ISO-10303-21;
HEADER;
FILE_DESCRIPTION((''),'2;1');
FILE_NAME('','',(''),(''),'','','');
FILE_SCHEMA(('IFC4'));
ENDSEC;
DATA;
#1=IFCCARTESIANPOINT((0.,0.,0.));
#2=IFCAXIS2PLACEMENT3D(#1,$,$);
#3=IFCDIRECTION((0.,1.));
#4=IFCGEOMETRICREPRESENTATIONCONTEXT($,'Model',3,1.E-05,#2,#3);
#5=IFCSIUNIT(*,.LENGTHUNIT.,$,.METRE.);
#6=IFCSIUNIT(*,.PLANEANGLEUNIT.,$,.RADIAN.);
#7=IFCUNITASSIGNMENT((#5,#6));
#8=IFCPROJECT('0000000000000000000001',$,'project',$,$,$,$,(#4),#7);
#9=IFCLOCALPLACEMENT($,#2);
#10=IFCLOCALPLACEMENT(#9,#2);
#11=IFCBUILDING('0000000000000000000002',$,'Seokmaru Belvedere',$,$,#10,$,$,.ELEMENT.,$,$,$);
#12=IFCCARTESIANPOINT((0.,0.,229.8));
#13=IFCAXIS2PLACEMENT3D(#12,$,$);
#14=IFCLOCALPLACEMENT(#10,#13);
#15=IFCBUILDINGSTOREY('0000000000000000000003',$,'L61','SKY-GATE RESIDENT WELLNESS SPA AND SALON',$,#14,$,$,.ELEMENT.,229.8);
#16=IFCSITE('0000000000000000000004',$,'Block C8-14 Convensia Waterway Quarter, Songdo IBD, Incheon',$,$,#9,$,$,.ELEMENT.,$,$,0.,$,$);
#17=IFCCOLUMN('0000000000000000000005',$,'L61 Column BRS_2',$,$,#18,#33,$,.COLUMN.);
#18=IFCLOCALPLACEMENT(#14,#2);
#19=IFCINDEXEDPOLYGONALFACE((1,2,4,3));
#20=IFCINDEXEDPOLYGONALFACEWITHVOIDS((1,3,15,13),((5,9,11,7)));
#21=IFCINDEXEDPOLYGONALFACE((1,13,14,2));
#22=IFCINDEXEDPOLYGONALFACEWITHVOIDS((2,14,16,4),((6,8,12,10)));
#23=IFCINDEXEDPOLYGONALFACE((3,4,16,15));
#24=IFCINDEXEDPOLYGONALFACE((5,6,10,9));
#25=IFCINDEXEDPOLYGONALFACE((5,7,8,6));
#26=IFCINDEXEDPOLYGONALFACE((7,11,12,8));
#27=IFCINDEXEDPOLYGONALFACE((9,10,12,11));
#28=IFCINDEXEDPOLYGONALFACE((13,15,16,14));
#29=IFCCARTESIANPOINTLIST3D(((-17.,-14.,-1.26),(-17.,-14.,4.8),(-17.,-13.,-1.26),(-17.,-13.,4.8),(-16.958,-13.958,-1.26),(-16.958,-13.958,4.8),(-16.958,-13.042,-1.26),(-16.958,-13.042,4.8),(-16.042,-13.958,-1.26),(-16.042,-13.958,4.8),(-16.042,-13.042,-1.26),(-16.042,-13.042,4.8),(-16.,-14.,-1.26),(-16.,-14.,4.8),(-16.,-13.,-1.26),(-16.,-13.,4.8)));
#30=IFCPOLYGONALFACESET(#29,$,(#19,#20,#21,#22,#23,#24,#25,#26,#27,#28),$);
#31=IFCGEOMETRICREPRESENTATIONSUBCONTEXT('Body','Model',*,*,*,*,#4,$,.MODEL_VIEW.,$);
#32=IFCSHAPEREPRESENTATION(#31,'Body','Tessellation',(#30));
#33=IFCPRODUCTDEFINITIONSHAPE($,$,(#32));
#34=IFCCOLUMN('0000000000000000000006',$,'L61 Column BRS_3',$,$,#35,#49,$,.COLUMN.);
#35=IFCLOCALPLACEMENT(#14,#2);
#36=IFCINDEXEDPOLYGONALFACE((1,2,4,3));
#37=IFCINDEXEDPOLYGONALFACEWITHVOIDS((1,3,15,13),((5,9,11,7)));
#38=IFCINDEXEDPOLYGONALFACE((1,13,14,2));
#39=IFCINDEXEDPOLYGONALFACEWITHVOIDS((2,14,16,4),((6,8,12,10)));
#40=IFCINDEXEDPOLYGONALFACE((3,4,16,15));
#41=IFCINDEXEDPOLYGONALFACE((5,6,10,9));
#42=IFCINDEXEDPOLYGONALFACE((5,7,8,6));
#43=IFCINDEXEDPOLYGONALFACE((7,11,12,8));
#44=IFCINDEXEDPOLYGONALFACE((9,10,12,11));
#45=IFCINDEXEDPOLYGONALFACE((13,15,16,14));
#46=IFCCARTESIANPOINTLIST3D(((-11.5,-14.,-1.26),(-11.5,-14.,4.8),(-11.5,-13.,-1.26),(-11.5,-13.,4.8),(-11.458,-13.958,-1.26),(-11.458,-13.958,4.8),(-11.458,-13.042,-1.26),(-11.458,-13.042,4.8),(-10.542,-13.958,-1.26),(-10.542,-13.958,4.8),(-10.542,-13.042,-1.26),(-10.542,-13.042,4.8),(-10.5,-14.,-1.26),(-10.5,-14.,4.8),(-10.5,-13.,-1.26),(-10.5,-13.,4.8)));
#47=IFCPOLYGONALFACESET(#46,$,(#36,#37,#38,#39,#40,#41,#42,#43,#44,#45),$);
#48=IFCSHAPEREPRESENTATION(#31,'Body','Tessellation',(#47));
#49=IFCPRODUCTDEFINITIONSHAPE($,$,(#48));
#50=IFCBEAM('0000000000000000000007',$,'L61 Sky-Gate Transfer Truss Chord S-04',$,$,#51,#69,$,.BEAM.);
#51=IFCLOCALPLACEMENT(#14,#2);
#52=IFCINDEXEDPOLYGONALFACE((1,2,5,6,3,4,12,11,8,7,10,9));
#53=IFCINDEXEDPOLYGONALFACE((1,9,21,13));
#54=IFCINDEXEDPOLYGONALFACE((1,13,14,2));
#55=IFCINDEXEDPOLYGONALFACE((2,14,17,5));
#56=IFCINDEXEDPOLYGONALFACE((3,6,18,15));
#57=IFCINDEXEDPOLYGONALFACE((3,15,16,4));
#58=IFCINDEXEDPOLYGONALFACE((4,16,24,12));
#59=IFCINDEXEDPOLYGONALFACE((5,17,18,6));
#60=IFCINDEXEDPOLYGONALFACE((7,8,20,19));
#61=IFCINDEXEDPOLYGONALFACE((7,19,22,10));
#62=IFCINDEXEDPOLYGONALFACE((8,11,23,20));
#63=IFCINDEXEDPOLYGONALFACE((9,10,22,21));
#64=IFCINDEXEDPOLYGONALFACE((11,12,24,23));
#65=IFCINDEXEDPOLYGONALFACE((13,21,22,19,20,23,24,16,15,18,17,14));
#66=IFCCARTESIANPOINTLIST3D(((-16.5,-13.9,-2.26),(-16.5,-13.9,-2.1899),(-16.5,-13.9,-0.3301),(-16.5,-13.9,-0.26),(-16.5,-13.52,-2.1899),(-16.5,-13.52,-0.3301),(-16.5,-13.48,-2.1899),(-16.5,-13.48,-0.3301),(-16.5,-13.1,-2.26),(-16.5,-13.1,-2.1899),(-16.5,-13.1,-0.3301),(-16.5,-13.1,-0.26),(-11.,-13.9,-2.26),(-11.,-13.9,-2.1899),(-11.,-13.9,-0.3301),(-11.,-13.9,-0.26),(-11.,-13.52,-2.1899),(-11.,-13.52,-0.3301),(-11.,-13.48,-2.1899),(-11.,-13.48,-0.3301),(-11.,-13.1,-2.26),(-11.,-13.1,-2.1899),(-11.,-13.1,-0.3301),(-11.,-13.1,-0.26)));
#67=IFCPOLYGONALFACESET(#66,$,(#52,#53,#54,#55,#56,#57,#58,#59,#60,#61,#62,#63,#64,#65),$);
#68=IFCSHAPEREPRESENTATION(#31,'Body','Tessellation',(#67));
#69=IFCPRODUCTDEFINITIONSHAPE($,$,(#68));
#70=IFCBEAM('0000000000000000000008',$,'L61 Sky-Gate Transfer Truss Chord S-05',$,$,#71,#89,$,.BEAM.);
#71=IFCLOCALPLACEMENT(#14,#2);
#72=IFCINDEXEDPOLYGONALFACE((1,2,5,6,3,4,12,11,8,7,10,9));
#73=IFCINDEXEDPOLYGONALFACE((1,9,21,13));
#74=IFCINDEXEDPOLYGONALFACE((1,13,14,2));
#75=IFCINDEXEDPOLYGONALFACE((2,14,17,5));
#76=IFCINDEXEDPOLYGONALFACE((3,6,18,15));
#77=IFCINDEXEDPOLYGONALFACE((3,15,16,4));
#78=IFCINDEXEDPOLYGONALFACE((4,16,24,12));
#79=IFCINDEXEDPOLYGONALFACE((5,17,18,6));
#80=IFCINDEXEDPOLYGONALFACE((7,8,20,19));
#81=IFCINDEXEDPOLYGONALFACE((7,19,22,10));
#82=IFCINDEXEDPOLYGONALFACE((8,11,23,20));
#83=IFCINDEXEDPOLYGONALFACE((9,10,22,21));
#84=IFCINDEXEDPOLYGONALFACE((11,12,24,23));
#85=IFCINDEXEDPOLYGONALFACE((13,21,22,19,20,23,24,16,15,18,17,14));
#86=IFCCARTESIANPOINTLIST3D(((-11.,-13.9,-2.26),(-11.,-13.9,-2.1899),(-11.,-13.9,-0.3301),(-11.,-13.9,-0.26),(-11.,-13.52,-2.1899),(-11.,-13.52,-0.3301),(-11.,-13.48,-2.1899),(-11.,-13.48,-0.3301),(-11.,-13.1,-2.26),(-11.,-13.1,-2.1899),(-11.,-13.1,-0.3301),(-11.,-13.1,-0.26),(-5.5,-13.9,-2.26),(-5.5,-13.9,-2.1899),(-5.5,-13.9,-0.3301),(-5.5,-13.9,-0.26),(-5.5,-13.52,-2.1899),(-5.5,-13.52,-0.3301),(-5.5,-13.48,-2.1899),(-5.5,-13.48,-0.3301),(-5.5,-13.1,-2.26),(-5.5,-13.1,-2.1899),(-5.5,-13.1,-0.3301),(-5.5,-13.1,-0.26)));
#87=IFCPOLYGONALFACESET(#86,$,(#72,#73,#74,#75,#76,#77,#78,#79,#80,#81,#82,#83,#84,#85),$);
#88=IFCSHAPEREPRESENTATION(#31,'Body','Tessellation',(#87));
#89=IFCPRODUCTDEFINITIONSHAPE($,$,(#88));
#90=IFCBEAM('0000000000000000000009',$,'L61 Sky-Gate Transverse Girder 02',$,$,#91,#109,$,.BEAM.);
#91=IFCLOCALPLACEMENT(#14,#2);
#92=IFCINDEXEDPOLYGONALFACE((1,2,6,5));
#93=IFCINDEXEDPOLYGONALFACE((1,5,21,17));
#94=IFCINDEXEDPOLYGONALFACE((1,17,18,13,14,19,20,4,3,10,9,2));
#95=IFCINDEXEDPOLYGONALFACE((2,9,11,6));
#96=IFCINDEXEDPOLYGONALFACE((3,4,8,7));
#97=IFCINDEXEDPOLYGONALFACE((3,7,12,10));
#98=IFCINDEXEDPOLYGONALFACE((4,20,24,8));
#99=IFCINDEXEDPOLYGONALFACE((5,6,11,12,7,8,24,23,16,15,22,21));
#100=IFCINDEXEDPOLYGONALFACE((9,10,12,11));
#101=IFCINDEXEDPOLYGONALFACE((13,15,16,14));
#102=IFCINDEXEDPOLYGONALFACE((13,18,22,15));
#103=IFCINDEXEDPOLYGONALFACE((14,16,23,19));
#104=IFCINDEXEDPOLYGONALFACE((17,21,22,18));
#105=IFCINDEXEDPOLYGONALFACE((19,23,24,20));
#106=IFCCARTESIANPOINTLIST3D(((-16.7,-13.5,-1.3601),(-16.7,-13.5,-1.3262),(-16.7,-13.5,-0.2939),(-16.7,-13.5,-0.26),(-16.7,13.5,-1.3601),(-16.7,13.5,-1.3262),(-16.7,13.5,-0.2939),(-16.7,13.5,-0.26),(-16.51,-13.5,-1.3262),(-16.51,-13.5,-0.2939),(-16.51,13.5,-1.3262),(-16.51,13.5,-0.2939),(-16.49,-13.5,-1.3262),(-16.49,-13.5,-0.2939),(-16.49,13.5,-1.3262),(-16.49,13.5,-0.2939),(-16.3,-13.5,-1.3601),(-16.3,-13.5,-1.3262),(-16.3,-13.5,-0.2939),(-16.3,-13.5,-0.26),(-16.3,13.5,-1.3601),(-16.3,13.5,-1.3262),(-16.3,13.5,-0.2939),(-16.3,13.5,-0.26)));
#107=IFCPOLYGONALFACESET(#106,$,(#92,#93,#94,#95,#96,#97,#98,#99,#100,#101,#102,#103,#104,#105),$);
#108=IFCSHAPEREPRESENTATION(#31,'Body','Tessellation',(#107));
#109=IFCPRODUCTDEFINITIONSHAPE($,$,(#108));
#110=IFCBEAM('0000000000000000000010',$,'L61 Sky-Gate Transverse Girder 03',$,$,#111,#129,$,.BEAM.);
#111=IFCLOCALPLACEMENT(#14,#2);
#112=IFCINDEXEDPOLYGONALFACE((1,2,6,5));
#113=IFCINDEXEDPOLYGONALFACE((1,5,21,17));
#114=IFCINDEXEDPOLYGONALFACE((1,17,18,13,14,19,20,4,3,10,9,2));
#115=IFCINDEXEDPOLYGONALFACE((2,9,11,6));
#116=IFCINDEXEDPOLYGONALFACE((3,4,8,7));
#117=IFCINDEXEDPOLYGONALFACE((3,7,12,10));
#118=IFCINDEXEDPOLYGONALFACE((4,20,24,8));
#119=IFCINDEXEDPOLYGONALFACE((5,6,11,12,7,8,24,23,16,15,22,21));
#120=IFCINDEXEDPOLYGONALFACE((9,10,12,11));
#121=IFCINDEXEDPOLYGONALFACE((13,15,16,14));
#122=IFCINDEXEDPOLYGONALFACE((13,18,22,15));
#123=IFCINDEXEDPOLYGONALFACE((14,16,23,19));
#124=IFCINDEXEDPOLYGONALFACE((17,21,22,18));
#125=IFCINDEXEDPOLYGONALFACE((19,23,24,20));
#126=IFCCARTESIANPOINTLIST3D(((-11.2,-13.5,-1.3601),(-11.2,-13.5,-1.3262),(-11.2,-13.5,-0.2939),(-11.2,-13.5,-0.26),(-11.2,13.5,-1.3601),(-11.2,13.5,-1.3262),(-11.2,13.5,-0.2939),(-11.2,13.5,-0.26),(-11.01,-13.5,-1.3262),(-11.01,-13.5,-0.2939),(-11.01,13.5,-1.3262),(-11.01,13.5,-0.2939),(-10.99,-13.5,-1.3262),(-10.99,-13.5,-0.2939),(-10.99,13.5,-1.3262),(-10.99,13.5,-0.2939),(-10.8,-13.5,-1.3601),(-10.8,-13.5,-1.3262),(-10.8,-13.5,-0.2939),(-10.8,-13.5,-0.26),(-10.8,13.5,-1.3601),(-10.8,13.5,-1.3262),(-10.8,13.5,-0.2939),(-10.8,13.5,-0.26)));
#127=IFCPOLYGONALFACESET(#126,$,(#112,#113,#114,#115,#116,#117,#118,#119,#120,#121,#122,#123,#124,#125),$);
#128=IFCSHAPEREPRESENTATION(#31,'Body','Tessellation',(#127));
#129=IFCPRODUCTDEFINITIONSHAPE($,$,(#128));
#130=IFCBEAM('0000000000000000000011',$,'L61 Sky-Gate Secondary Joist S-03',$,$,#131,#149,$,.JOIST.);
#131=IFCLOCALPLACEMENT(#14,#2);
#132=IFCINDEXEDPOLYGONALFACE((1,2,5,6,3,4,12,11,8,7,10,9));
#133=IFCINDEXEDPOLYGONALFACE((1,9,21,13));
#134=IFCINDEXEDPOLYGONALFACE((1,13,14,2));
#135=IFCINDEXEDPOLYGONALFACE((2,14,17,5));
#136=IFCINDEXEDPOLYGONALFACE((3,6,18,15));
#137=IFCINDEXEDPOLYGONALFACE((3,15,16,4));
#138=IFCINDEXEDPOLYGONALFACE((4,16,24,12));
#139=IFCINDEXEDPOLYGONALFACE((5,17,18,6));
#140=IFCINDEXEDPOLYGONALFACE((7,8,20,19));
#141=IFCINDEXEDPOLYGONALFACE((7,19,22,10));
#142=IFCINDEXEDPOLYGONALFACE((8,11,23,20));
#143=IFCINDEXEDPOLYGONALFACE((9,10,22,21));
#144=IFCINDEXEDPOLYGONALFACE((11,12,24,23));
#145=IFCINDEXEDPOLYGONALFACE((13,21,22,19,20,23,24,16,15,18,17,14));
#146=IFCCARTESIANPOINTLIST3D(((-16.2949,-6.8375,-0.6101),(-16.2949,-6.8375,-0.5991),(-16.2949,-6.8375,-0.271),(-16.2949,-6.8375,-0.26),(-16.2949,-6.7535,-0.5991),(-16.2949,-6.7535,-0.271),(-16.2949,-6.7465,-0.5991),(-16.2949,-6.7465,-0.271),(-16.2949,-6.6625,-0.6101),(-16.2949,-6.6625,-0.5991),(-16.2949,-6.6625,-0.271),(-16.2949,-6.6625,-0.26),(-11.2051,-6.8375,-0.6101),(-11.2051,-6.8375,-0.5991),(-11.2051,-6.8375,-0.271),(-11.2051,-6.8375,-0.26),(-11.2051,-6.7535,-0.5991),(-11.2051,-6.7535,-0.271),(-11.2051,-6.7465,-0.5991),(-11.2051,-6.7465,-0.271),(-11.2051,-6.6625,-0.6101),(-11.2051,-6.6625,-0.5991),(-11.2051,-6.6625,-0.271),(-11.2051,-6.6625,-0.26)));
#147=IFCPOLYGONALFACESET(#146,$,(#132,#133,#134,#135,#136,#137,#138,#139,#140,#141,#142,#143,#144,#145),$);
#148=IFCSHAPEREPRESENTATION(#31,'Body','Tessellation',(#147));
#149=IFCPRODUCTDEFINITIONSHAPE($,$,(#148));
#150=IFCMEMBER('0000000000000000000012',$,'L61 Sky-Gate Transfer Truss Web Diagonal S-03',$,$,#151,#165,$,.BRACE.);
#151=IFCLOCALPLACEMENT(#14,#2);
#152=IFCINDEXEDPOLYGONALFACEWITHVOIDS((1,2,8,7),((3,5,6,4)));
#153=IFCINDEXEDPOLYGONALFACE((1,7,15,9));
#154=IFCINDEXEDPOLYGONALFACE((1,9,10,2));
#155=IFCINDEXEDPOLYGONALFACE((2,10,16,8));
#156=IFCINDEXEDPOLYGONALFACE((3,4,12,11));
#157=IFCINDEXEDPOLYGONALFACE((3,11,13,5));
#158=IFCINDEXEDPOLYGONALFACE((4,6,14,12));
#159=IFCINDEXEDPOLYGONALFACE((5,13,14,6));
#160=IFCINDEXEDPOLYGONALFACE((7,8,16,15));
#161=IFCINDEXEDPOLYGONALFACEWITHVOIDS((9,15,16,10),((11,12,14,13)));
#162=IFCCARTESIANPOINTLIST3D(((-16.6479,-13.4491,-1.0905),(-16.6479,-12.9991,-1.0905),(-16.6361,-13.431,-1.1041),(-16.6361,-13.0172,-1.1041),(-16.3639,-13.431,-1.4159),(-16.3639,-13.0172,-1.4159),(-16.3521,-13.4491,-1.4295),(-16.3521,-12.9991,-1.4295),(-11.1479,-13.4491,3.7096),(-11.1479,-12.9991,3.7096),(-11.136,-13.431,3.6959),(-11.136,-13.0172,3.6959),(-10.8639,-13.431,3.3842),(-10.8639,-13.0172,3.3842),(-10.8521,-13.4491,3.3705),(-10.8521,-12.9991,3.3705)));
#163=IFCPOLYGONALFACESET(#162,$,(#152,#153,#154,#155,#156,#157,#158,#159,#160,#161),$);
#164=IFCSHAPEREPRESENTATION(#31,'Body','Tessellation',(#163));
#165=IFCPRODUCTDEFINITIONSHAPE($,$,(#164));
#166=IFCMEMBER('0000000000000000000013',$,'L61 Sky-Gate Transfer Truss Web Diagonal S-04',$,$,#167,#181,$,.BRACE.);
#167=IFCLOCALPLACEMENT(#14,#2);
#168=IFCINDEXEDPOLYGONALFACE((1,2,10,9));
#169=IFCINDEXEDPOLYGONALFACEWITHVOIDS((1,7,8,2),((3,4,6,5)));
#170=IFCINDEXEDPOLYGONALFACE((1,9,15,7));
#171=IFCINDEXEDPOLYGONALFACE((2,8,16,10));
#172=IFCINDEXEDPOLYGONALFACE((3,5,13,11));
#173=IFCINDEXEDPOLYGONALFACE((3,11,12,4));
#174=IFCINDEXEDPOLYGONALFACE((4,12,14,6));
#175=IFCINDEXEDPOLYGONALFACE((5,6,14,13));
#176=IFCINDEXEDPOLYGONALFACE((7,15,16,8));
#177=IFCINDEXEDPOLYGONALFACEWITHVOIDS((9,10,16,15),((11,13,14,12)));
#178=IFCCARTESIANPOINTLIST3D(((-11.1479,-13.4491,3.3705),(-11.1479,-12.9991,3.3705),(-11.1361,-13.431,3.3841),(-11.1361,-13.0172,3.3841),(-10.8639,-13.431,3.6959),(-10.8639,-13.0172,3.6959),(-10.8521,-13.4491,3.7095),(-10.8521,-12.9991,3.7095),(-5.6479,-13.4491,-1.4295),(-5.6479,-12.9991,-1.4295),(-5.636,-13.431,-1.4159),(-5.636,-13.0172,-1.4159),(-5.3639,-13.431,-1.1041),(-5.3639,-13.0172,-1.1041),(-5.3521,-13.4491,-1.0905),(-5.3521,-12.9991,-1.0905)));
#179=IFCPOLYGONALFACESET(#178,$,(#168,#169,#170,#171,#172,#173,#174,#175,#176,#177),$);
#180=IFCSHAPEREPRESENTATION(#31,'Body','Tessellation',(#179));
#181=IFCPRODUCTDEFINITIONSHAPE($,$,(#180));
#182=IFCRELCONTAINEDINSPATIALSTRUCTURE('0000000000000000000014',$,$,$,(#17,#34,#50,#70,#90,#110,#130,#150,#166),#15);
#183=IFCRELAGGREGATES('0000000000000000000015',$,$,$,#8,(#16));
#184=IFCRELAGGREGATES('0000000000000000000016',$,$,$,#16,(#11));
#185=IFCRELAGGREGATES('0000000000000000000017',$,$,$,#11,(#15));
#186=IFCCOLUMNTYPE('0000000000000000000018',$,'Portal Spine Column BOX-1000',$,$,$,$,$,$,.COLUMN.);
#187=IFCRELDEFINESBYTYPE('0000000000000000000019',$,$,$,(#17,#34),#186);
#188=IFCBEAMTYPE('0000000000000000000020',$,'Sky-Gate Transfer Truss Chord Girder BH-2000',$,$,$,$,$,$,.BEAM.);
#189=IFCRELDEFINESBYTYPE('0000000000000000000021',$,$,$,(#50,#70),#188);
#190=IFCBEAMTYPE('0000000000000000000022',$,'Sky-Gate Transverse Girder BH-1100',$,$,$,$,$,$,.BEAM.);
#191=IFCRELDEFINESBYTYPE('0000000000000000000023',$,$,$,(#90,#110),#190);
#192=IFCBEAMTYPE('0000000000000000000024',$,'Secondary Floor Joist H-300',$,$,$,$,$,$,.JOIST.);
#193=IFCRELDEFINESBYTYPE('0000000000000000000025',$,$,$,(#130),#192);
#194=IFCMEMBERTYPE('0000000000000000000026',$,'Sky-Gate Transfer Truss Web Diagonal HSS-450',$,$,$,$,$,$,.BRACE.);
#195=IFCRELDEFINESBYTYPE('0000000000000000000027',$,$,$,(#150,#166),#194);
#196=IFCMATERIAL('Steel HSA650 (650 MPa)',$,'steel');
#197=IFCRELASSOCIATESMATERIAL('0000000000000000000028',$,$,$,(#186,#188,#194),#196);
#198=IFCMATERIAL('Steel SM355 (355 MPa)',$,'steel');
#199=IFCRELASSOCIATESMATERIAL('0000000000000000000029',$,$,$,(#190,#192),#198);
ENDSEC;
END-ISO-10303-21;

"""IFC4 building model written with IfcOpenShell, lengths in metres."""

from ifc_helpers import new_model, si_unit, direction, frame, origin, origin_2d, place, context, subcontext, project, spatial, hollow_rectangle, i_section, extrude, source, transform, mapped, material, material_profile, profile_set, type_object, type_shapes, element, save


model = new_model("IFC4")

# Units and contexts
model_context = context("Model", 3, precision=1e-05, world=origin(), true_north=direction((0.0, 1.0)))
body_context = subcontext(model_context, "Body", "Model", "MODEL_VIEW")
ifc_project = project(units=[si_unit("LENGTHUNIT", "METRE"), si_unit("PLANEANGLEUNIT", "RADIAN")], contexts=[model_context])

# Site, building, storey
site_placement = place(None, origin())
site = spatial("IfcSite", under=ifc_project, at=site_placement, Name="Block C8-14 Convensia Waterway Quarter, Songdo IBD, Incheon", CompositionType="ELEMENT", RefElevation=0.0)
building_placement = place(site_placement, origin())
building = spatial("IfcBuilding", under=site, at=building_placement, Name="Seokmaru Belvedere", CompositionType="ELEMENT")
storey_placement = place(building_placement, frame((0.0, 0.0, 229.8)))
storey = spatial("IfcBuildingStorey", under=building, at=storey_placement, Name="L61", Description="SKY-GATE RESIDENT WELLNESS SPA AND SALON", CompositionType="ELEMENT", Elevation=229.8)

# Columns
ifc_material_1 = material(Name="Steel HSA650 (650 MPa)", Category="steel")
ifc_material_profile_1 = material_profile(ifc_material_1, hollow_rectangle(XDim=1.0, YDim=1.0, WallThickness=0.042, at=origin_2d()), Name="BOX-1000x1000x42")
ifc_profile_set_1 = profile_set([ifc_material_profile_1], Name="Steel HSA650 (650 MPa)")
column_type = type_object("IfcColumnType", Name="Portal Spine Column BOX-1000", PredefinedType="COLUMN", material=ifc_profile_set_1)
shared_shape_1 = source(origin(), body_context, "Body", "SweptSolid", [
    extrude(hollow_rectangle(XDim=1.0, YDim=1.0, WallThickness=0.042, at=origin_2d()), origin(), (0.0, 0.0, 1.0), 6.0601),
])
type_shapes(column_type, [shared_shape_1])
for number, where, z_axis, x_axis, name in (
    (1, (-16.5, -13.5, -1.26), (0.0, 0.0, 1.0), (1.0, 0.0, 0.0), "L61 Column BRS_2"),
    (2, (-11.0, -13.5, -1.26), (0.0, 0.0, 1.0), (1.0, 0.0, 0.0), "L61 Column BRS_3"),
):
    element("IfcColumn", number, at=place(storey_placement, frame(where, z_axis=z_axis, x_axis=x_axis)), inside=storey, type_object=column_type, Name=name, PredefinedType="COLUMN", context=body_context, shape_type="MappedRepresentation", body=[
        mapped(shared_shape_1, transform((0.0, 0.0, 0.0), scale=1.0)),
    ])

# Beams
ifc_material_profile_2 = material_profile(ifc_material_1, i_section(OverallWidth=0.8, OverallDepth=2.0, WebThickness=0.04, FlangeThickness=0.0701, at=origin_2d()), Name="BH-2000x800x40x70")
ifc_profile_set_2 = profile_set([ifc_material_profile_2], Name="Steel HSA650 (650 MPa)")
beam_type_1 = type_object("IfcBeamType", Name="Sky-Gate Transfer Truss Chord Girder BH-2000", PredefinedType="BEAM", material=ifc_profile_set_2)
shared_shape_2 = source(origin(), body_context, "Body", "SweptSolid", [
    extrude(i_section(OverallWidth=0.8, OverallDepth=2.0, WebThickness=0.04, FlangeThickness=0.0701, at=origin_2d()), origin(), (0.0, 0.0, 1.0), 5.5),
])
type_shapes(beam_type_1, [shared_shape_2])
for number, where, z_axis, x_axis, name in (
    (3, (-16.5, -13.5, -1.26), (1.0, 0.0, 0.0), (0.0, 1.0, 0.0), "L61 Sky-Gate Transfer Truss Chord S-04"),
    (4, (-11.0, -13.5, -1.26), (1.0, 0.0, 0.0), (0.0, 1.0, 0.0), "L61 Sky-Gate Transfer Truss Chord S-05"),
):
    element("IfcBeam", number, at=place(storey_placement, frame(where, z_axis=z_axis, x_axis=x_axis)), inside=storey, type_object=beam_type_1, Name=name, PredefinedType="BEAM", context=body_context, shape_type="MappedRepresentation", body=[
        mapped(shared_shape_2, transform((0.0, 0.0, 0.0), scale=1.0)),
    ])
ifc_material_2 = material(Name="Steel SM355 (355 MPa)", Category="steel")
ifc_material_profile_3 = material_profile(ifc_material_2, i_section(OverallWidth=0.3999, OverallDepth=1.1001, WebThickness=0.02, FlangeThickness=0.0339, at=origin_2d()), Name="BH-1100x400x20x34")
ifc_profile_set_3 = profile_set([ifc_material_profile_3], Name="Steel SM355 (355 MPa)")
beam_type_2 = type_object("IfcBeamType", Name="Sky-Gate Transverse Girder BH-1100", PredefinedType="BEAM", material=ifc_profile_set_3)
shared_shape_3 = source(origin(), body_context, "Body", "SweptSolid", [
    extrude(i_section(OverallWidth=0.3999, OverallDepth=1.1001, WebThickness=0.02, FlangeThickness=0.0339, at=origin_2d()), origin(), (0.0, 0.0, 1.0), 27.0),
])
type_shapes(beam_type_2, [shared_shape_3])
for number, where, z_axis, x_axis, name in (
    (5, (-16.5, -13.5, -0.8101), (0.0, 1.0, 0.0), (-1.0, 0.0, 0.0), "L61 Sky-Gate Transverse Girder 02"),
    (6, (-11.0, -13.5, -0.8101), (0.0, 1.0, 0.0), (-1.0, 0.0, 0.0), "L61 Sky-Gate Transverse Girder 03"),
):
    element("IfcBeam", number, at=place(storey_placement, frame(where, z_axis=z_axis, x_axis=x_axis)), inside=storey, type_object=beam_type_2, Name=name, PredefinedType="BEAM", context=body_context, shape_type="MappedRepresentation", body=[
        mapped(shared_shape_3, transform((0.0, 0.0, 0.0), scale=1.0)),
    ])
ifc_material_profile_4 = material_profile(ifc_material_2, i_section(OverallWidth=0.175, OverallDepth=0.3501, WebThickness=0.0071, FlangeThickness=0.011, at=origin_2d()), Name="H-350x175x7x11")
ifc_profile_set_4 = profile_set([ifc_material_profile_4], Name="Steel SM355 (355 MPa)")
beam_type_3 = type_object("IfcBeamType", Name="Secondary Floor Joist H-300", PredefinedType="JOIST", material=ifc_profile_set_4)
shared_shape_4 = source(origin(), body_context, "Body", "SweptSolid", [
    extrude(i_section(OverallWidth=0.175, OverallDepth=0.3501, WebThickness=0.0071, FlangeThickness=0.011, at=origin_2d()), origin(), (0.0, 0.0, 1.0), 5.0898),
])
type_shapes(beam_type_3, [shared_shape_4])
beam_placement = place(storey_placement, frame((-16.2949, -6.75, -0.4351), z_axis=(1.0, 0.0, 0.0), x_axis=(0.0, 1.0, 0.0)))
element("IfcBeam", 7, at=beam_placement, inside=storey, type_object=beam_type_3, Name="L61 Sky-Gate Secondary Joist S-03", PredefinedType="JOIST", context=body_context, shape_type="MappedRepresentation", body=[
    mapped(shared_shape_4, transform((0.0, 0.0, 0.0), scale=1.0)),
])

# Members
ifc_material_profile_5 = material_profile(ifc_material_1, hollow_rectangle(XDim=0.45, YDim=0.45, WallThickness=0.0181, at=origin_2d()), Name="HSS-450x450x18")
ifc_profile_set_5 = profile_set([ifc_material_profile_5], Name="Steel HSA650 (650 MPa)")
member_type_1 = type_object("IfcMemberType", Name="Sky-Gate Transfer Truss Web Diagonal HSS-450", PredefinedType="BRACE", material=ifc_profile_set_5)
shared_shape_5 = source(origin(), body_context, "Body", "SweptSolid", [
    extrude(hollow_rectangle(XDim=0.45, YDim=0.45, WallThickness=0.0181, at=origin_2d()), origin(), (0.0, 0.0, 1.0), 7.3),
])
type_shapes(member_type_1, [shared_shape_5])
for number, where, z_axis, x_axis, name in (
    (8, (-16.5, -13.2241, -1.26), (0.753421, 0.0, 0.657538), (0.0, 1.0, 0.0), "L61 Sky-Gate Transfer Truss Web Diagonal S-03"),
    (9, (-11.0, -13.2241, 3.54), (0.753421, 0.0, -0.657538), (0.0, 1.0, 0.0), "L61 Sky-Gate Transfer Truss Web Diagonal S-04"),
):
    element("IfcMember", number, at=place(storey_placement, frame(where, z_axis=z_axis, x_axis=x_axis)), inside=storey, type_object=member_type_1, Name=name, PredefinedType="BRACE", context=body_context, shape_type="MappedRepresentation", body=[
        mapped(shared_shape_5, transform((0.0, 0.0, 0.0), scale=1.0)),
    ])

save(model, "model.ifc")
